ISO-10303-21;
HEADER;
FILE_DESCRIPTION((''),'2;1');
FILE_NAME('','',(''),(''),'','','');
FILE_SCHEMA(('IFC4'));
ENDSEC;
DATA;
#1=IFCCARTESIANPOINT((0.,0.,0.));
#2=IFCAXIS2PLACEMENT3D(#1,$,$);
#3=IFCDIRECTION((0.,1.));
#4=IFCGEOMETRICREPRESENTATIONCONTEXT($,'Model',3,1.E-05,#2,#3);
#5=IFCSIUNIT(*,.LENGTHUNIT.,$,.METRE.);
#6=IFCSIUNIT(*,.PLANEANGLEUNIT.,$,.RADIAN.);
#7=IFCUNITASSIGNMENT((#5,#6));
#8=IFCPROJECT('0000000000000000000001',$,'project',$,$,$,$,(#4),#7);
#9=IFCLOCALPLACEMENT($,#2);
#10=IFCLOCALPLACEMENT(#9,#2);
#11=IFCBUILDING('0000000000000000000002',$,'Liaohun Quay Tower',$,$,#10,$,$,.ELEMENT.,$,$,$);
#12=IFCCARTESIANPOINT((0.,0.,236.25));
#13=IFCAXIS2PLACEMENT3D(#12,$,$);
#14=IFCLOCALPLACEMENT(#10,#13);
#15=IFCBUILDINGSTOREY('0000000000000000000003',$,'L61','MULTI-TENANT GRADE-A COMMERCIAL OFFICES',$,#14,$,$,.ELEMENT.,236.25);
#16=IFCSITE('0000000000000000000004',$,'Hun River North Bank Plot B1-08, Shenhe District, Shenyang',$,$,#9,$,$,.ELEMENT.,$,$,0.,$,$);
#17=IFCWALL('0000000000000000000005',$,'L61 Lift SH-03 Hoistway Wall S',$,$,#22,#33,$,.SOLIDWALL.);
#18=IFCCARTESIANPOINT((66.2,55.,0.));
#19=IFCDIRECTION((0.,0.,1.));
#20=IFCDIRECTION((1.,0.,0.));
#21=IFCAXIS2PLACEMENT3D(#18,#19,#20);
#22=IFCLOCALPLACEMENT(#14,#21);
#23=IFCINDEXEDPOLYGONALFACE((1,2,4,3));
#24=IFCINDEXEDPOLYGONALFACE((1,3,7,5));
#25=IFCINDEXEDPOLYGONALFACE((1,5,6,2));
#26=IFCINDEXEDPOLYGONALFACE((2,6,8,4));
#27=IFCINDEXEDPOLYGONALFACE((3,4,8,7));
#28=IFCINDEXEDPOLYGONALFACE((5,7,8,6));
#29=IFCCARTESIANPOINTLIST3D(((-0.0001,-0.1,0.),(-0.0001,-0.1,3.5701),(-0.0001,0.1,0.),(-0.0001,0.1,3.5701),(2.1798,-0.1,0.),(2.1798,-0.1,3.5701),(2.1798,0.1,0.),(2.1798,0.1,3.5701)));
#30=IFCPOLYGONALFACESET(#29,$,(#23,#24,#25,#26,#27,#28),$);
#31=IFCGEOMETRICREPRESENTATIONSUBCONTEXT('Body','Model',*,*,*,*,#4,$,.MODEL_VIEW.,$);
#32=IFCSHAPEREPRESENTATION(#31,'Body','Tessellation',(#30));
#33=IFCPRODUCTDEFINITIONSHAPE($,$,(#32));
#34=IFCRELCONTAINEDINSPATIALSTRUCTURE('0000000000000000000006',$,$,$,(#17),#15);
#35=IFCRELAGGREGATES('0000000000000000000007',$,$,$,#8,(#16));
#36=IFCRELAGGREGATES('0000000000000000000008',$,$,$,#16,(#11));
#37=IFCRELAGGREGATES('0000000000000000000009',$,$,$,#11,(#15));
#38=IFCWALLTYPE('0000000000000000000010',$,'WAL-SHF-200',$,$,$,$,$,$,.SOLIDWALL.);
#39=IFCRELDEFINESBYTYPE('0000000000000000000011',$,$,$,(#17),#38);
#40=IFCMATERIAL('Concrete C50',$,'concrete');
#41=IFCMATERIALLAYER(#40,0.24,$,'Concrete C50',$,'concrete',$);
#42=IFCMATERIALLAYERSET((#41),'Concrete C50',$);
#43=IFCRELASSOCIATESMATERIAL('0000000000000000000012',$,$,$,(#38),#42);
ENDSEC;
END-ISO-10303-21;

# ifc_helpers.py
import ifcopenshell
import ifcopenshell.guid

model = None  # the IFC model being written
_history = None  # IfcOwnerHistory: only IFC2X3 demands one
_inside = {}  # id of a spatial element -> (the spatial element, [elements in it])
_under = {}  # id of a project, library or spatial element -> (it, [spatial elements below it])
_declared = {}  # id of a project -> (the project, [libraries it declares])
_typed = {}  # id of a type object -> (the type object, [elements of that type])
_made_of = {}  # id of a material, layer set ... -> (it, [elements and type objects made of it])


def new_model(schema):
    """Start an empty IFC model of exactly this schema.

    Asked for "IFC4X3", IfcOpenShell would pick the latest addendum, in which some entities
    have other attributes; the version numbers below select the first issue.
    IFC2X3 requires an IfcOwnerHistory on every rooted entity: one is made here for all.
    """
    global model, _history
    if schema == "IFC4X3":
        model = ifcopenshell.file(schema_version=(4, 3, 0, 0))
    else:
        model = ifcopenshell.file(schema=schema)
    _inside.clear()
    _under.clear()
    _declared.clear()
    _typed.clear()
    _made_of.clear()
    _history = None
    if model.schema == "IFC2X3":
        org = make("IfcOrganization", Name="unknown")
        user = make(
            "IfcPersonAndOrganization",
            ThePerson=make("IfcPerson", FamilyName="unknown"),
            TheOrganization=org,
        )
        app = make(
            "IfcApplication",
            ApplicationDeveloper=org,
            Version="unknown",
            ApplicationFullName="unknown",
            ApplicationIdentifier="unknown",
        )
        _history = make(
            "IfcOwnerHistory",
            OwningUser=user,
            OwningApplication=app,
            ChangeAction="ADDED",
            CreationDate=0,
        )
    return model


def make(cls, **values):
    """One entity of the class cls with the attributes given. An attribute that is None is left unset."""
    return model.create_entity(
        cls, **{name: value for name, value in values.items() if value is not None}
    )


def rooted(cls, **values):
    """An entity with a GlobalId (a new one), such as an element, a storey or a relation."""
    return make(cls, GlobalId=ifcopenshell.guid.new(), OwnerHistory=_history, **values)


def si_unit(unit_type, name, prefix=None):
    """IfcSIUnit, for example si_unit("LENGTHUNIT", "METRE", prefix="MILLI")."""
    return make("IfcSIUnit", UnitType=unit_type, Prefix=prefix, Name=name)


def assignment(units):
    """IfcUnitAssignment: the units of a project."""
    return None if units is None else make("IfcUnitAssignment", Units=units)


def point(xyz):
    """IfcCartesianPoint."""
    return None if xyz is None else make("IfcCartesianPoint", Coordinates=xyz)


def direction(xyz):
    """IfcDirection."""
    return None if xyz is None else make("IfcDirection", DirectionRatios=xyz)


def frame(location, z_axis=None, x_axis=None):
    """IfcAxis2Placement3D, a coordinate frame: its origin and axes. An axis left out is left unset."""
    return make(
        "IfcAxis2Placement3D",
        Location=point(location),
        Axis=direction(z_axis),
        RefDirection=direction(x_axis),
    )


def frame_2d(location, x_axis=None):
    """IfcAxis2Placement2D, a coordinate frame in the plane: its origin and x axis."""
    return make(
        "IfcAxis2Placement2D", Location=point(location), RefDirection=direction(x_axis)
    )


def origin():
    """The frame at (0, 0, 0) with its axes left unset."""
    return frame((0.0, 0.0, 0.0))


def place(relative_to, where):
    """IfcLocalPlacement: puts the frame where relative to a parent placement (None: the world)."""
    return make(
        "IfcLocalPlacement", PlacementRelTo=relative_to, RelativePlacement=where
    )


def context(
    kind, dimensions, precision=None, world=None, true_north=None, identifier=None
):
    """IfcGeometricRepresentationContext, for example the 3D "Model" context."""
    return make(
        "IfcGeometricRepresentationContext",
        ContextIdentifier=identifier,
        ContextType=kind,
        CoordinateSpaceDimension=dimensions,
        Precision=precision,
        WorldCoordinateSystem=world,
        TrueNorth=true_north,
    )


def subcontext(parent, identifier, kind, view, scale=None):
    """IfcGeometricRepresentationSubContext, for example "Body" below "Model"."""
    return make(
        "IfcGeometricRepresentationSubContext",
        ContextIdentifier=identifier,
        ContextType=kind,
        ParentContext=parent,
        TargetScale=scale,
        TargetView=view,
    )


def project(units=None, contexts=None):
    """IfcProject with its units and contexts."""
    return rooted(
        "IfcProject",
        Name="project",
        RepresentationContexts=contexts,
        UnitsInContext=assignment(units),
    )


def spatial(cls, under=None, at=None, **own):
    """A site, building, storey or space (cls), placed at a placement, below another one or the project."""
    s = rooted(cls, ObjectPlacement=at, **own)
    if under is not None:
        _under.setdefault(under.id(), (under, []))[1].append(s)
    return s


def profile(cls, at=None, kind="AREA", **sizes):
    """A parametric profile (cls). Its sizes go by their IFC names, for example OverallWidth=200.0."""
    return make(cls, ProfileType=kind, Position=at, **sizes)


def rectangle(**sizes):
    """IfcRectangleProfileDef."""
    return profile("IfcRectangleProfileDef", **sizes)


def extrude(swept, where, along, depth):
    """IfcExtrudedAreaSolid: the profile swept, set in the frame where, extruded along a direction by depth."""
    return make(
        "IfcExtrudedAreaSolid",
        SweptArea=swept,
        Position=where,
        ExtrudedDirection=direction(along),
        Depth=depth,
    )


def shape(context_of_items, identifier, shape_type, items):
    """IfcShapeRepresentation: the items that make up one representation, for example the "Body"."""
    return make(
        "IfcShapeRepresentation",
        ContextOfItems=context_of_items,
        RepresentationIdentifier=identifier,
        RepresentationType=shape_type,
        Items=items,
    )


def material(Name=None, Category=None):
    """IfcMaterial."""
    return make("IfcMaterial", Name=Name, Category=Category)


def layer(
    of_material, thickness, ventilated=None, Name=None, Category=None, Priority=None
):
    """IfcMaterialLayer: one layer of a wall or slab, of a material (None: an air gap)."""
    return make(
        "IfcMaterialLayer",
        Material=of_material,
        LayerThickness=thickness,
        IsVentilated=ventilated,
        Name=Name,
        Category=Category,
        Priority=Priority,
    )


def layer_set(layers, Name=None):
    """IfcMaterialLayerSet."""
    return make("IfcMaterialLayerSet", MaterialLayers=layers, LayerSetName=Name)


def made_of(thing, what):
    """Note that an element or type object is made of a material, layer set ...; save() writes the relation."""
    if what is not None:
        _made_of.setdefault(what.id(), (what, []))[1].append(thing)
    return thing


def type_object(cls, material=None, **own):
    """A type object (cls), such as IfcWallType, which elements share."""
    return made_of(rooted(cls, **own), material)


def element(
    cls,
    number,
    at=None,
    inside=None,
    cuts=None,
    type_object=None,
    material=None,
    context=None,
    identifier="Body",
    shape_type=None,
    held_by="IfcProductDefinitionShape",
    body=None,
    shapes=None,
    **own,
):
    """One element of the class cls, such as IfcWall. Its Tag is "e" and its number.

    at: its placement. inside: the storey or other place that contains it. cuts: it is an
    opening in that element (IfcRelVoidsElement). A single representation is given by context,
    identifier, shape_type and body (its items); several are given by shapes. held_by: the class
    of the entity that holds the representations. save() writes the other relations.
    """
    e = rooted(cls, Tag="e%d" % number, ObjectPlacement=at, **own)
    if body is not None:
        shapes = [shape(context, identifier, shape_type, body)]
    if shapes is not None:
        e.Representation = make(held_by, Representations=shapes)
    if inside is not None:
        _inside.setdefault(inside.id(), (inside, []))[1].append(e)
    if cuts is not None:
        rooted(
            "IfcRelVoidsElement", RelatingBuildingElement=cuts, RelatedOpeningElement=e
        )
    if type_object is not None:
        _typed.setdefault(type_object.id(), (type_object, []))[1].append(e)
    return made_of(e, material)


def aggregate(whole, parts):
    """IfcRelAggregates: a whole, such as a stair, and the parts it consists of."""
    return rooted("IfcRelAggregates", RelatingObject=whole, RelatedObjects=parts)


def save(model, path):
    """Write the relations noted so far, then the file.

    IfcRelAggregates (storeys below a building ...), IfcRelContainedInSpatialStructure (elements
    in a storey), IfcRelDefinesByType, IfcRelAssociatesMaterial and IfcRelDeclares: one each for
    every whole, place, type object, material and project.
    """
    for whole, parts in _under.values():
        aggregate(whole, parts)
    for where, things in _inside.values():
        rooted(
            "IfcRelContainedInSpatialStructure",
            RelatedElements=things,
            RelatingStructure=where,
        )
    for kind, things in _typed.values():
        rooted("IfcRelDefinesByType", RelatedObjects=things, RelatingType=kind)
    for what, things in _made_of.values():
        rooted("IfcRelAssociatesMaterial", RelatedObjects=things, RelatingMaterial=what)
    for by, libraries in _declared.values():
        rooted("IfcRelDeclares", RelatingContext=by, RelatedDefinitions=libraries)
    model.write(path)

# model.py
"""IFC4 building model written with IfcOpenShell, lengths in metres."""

from ifc_helpers import new_model, si_unit, direction, frame, frame_2d, origin, place, context, subcontext, project, spatial, rectangle, extrude, material, layer, layer_set, type_object, element, save


model = new_model("IFC4")

# Units and contexts
model_context = context("Model", 3, precision=1e-05, world=origin(), true_north=direction((0.0, 1.0)))
body_context = subcontext(model_context, "Body", "Model", "MODEL_VIEW")
ifc_project = project(units=[si_unit("LENGTHUNIT", "METRE"), si_unit("PLANEANGLEUNIT", "RADIAN")], contexts=[model_context])

# Site, building, storey
site_placement = place(None, origin())
site = spatial("IfcSite", under=ifc_project, at=site_placement, Name="Hun River North Bank Plot B1-08, Shenhe District, Shenyang", CompositionType="ELEMENT", RefElevation=0.0)
building_placement = place(site_placement, origin())
building = spatial("IfcBuilding", under=site, at=building_placement, Name="Liaohun Quay Tower", CompositionType="ELEMENT")
storey_placement = place(building_placement, frame((0.0, 0.0, 236.25)))
storey = spatial("IfcBuildingStorey", under=building, at=storey_placement, Name="L61", Description="MULTI-TENANT GRADE-A COMMERCIAL OFFICES", CompositionType="ELEMENT", Elevation=236.25)

# Shared definitions
ifc_material_1 = material(Name="Concrete C50", Category="concrete")
ifc_layer_1 = layer(ifc_material_1, 0.24, Name="Concrete C50", Category="concrete")
ifc_layer_set_1 = layer_set([ifc_layer_1], Name="Concrete C50")
wall_type_1 = type_object("IfcWallType", Name="WAL-SHF-200", PredefinedType="SOLIDWALL", material=ifc_layer_set_1)

# Wall
wall_1_placement = place(storey_placement, frame((66.2, 55.0, 0.0), z_axis=(0.0, 0.0, 1.0), x_axis=(1.0, 0.0, 0.0)))
element("IfcWall", 1, at=wall_1_placement, inside=storey, type_object=wall_type_1, Name="L61 Lift SH-03 Hoistway Wall S", PredefinedType="SOLIDWALL", context=body_context, shape_type="SweptSolid", body=[
    extrude(rectangle(XDim=2.1799, YDim=0.2, at=frame_2d((1.0898, 0.0))), origin(), (0.0, 0.0, 1.0), 3.5701),
])

save(model, "model.ifc")
